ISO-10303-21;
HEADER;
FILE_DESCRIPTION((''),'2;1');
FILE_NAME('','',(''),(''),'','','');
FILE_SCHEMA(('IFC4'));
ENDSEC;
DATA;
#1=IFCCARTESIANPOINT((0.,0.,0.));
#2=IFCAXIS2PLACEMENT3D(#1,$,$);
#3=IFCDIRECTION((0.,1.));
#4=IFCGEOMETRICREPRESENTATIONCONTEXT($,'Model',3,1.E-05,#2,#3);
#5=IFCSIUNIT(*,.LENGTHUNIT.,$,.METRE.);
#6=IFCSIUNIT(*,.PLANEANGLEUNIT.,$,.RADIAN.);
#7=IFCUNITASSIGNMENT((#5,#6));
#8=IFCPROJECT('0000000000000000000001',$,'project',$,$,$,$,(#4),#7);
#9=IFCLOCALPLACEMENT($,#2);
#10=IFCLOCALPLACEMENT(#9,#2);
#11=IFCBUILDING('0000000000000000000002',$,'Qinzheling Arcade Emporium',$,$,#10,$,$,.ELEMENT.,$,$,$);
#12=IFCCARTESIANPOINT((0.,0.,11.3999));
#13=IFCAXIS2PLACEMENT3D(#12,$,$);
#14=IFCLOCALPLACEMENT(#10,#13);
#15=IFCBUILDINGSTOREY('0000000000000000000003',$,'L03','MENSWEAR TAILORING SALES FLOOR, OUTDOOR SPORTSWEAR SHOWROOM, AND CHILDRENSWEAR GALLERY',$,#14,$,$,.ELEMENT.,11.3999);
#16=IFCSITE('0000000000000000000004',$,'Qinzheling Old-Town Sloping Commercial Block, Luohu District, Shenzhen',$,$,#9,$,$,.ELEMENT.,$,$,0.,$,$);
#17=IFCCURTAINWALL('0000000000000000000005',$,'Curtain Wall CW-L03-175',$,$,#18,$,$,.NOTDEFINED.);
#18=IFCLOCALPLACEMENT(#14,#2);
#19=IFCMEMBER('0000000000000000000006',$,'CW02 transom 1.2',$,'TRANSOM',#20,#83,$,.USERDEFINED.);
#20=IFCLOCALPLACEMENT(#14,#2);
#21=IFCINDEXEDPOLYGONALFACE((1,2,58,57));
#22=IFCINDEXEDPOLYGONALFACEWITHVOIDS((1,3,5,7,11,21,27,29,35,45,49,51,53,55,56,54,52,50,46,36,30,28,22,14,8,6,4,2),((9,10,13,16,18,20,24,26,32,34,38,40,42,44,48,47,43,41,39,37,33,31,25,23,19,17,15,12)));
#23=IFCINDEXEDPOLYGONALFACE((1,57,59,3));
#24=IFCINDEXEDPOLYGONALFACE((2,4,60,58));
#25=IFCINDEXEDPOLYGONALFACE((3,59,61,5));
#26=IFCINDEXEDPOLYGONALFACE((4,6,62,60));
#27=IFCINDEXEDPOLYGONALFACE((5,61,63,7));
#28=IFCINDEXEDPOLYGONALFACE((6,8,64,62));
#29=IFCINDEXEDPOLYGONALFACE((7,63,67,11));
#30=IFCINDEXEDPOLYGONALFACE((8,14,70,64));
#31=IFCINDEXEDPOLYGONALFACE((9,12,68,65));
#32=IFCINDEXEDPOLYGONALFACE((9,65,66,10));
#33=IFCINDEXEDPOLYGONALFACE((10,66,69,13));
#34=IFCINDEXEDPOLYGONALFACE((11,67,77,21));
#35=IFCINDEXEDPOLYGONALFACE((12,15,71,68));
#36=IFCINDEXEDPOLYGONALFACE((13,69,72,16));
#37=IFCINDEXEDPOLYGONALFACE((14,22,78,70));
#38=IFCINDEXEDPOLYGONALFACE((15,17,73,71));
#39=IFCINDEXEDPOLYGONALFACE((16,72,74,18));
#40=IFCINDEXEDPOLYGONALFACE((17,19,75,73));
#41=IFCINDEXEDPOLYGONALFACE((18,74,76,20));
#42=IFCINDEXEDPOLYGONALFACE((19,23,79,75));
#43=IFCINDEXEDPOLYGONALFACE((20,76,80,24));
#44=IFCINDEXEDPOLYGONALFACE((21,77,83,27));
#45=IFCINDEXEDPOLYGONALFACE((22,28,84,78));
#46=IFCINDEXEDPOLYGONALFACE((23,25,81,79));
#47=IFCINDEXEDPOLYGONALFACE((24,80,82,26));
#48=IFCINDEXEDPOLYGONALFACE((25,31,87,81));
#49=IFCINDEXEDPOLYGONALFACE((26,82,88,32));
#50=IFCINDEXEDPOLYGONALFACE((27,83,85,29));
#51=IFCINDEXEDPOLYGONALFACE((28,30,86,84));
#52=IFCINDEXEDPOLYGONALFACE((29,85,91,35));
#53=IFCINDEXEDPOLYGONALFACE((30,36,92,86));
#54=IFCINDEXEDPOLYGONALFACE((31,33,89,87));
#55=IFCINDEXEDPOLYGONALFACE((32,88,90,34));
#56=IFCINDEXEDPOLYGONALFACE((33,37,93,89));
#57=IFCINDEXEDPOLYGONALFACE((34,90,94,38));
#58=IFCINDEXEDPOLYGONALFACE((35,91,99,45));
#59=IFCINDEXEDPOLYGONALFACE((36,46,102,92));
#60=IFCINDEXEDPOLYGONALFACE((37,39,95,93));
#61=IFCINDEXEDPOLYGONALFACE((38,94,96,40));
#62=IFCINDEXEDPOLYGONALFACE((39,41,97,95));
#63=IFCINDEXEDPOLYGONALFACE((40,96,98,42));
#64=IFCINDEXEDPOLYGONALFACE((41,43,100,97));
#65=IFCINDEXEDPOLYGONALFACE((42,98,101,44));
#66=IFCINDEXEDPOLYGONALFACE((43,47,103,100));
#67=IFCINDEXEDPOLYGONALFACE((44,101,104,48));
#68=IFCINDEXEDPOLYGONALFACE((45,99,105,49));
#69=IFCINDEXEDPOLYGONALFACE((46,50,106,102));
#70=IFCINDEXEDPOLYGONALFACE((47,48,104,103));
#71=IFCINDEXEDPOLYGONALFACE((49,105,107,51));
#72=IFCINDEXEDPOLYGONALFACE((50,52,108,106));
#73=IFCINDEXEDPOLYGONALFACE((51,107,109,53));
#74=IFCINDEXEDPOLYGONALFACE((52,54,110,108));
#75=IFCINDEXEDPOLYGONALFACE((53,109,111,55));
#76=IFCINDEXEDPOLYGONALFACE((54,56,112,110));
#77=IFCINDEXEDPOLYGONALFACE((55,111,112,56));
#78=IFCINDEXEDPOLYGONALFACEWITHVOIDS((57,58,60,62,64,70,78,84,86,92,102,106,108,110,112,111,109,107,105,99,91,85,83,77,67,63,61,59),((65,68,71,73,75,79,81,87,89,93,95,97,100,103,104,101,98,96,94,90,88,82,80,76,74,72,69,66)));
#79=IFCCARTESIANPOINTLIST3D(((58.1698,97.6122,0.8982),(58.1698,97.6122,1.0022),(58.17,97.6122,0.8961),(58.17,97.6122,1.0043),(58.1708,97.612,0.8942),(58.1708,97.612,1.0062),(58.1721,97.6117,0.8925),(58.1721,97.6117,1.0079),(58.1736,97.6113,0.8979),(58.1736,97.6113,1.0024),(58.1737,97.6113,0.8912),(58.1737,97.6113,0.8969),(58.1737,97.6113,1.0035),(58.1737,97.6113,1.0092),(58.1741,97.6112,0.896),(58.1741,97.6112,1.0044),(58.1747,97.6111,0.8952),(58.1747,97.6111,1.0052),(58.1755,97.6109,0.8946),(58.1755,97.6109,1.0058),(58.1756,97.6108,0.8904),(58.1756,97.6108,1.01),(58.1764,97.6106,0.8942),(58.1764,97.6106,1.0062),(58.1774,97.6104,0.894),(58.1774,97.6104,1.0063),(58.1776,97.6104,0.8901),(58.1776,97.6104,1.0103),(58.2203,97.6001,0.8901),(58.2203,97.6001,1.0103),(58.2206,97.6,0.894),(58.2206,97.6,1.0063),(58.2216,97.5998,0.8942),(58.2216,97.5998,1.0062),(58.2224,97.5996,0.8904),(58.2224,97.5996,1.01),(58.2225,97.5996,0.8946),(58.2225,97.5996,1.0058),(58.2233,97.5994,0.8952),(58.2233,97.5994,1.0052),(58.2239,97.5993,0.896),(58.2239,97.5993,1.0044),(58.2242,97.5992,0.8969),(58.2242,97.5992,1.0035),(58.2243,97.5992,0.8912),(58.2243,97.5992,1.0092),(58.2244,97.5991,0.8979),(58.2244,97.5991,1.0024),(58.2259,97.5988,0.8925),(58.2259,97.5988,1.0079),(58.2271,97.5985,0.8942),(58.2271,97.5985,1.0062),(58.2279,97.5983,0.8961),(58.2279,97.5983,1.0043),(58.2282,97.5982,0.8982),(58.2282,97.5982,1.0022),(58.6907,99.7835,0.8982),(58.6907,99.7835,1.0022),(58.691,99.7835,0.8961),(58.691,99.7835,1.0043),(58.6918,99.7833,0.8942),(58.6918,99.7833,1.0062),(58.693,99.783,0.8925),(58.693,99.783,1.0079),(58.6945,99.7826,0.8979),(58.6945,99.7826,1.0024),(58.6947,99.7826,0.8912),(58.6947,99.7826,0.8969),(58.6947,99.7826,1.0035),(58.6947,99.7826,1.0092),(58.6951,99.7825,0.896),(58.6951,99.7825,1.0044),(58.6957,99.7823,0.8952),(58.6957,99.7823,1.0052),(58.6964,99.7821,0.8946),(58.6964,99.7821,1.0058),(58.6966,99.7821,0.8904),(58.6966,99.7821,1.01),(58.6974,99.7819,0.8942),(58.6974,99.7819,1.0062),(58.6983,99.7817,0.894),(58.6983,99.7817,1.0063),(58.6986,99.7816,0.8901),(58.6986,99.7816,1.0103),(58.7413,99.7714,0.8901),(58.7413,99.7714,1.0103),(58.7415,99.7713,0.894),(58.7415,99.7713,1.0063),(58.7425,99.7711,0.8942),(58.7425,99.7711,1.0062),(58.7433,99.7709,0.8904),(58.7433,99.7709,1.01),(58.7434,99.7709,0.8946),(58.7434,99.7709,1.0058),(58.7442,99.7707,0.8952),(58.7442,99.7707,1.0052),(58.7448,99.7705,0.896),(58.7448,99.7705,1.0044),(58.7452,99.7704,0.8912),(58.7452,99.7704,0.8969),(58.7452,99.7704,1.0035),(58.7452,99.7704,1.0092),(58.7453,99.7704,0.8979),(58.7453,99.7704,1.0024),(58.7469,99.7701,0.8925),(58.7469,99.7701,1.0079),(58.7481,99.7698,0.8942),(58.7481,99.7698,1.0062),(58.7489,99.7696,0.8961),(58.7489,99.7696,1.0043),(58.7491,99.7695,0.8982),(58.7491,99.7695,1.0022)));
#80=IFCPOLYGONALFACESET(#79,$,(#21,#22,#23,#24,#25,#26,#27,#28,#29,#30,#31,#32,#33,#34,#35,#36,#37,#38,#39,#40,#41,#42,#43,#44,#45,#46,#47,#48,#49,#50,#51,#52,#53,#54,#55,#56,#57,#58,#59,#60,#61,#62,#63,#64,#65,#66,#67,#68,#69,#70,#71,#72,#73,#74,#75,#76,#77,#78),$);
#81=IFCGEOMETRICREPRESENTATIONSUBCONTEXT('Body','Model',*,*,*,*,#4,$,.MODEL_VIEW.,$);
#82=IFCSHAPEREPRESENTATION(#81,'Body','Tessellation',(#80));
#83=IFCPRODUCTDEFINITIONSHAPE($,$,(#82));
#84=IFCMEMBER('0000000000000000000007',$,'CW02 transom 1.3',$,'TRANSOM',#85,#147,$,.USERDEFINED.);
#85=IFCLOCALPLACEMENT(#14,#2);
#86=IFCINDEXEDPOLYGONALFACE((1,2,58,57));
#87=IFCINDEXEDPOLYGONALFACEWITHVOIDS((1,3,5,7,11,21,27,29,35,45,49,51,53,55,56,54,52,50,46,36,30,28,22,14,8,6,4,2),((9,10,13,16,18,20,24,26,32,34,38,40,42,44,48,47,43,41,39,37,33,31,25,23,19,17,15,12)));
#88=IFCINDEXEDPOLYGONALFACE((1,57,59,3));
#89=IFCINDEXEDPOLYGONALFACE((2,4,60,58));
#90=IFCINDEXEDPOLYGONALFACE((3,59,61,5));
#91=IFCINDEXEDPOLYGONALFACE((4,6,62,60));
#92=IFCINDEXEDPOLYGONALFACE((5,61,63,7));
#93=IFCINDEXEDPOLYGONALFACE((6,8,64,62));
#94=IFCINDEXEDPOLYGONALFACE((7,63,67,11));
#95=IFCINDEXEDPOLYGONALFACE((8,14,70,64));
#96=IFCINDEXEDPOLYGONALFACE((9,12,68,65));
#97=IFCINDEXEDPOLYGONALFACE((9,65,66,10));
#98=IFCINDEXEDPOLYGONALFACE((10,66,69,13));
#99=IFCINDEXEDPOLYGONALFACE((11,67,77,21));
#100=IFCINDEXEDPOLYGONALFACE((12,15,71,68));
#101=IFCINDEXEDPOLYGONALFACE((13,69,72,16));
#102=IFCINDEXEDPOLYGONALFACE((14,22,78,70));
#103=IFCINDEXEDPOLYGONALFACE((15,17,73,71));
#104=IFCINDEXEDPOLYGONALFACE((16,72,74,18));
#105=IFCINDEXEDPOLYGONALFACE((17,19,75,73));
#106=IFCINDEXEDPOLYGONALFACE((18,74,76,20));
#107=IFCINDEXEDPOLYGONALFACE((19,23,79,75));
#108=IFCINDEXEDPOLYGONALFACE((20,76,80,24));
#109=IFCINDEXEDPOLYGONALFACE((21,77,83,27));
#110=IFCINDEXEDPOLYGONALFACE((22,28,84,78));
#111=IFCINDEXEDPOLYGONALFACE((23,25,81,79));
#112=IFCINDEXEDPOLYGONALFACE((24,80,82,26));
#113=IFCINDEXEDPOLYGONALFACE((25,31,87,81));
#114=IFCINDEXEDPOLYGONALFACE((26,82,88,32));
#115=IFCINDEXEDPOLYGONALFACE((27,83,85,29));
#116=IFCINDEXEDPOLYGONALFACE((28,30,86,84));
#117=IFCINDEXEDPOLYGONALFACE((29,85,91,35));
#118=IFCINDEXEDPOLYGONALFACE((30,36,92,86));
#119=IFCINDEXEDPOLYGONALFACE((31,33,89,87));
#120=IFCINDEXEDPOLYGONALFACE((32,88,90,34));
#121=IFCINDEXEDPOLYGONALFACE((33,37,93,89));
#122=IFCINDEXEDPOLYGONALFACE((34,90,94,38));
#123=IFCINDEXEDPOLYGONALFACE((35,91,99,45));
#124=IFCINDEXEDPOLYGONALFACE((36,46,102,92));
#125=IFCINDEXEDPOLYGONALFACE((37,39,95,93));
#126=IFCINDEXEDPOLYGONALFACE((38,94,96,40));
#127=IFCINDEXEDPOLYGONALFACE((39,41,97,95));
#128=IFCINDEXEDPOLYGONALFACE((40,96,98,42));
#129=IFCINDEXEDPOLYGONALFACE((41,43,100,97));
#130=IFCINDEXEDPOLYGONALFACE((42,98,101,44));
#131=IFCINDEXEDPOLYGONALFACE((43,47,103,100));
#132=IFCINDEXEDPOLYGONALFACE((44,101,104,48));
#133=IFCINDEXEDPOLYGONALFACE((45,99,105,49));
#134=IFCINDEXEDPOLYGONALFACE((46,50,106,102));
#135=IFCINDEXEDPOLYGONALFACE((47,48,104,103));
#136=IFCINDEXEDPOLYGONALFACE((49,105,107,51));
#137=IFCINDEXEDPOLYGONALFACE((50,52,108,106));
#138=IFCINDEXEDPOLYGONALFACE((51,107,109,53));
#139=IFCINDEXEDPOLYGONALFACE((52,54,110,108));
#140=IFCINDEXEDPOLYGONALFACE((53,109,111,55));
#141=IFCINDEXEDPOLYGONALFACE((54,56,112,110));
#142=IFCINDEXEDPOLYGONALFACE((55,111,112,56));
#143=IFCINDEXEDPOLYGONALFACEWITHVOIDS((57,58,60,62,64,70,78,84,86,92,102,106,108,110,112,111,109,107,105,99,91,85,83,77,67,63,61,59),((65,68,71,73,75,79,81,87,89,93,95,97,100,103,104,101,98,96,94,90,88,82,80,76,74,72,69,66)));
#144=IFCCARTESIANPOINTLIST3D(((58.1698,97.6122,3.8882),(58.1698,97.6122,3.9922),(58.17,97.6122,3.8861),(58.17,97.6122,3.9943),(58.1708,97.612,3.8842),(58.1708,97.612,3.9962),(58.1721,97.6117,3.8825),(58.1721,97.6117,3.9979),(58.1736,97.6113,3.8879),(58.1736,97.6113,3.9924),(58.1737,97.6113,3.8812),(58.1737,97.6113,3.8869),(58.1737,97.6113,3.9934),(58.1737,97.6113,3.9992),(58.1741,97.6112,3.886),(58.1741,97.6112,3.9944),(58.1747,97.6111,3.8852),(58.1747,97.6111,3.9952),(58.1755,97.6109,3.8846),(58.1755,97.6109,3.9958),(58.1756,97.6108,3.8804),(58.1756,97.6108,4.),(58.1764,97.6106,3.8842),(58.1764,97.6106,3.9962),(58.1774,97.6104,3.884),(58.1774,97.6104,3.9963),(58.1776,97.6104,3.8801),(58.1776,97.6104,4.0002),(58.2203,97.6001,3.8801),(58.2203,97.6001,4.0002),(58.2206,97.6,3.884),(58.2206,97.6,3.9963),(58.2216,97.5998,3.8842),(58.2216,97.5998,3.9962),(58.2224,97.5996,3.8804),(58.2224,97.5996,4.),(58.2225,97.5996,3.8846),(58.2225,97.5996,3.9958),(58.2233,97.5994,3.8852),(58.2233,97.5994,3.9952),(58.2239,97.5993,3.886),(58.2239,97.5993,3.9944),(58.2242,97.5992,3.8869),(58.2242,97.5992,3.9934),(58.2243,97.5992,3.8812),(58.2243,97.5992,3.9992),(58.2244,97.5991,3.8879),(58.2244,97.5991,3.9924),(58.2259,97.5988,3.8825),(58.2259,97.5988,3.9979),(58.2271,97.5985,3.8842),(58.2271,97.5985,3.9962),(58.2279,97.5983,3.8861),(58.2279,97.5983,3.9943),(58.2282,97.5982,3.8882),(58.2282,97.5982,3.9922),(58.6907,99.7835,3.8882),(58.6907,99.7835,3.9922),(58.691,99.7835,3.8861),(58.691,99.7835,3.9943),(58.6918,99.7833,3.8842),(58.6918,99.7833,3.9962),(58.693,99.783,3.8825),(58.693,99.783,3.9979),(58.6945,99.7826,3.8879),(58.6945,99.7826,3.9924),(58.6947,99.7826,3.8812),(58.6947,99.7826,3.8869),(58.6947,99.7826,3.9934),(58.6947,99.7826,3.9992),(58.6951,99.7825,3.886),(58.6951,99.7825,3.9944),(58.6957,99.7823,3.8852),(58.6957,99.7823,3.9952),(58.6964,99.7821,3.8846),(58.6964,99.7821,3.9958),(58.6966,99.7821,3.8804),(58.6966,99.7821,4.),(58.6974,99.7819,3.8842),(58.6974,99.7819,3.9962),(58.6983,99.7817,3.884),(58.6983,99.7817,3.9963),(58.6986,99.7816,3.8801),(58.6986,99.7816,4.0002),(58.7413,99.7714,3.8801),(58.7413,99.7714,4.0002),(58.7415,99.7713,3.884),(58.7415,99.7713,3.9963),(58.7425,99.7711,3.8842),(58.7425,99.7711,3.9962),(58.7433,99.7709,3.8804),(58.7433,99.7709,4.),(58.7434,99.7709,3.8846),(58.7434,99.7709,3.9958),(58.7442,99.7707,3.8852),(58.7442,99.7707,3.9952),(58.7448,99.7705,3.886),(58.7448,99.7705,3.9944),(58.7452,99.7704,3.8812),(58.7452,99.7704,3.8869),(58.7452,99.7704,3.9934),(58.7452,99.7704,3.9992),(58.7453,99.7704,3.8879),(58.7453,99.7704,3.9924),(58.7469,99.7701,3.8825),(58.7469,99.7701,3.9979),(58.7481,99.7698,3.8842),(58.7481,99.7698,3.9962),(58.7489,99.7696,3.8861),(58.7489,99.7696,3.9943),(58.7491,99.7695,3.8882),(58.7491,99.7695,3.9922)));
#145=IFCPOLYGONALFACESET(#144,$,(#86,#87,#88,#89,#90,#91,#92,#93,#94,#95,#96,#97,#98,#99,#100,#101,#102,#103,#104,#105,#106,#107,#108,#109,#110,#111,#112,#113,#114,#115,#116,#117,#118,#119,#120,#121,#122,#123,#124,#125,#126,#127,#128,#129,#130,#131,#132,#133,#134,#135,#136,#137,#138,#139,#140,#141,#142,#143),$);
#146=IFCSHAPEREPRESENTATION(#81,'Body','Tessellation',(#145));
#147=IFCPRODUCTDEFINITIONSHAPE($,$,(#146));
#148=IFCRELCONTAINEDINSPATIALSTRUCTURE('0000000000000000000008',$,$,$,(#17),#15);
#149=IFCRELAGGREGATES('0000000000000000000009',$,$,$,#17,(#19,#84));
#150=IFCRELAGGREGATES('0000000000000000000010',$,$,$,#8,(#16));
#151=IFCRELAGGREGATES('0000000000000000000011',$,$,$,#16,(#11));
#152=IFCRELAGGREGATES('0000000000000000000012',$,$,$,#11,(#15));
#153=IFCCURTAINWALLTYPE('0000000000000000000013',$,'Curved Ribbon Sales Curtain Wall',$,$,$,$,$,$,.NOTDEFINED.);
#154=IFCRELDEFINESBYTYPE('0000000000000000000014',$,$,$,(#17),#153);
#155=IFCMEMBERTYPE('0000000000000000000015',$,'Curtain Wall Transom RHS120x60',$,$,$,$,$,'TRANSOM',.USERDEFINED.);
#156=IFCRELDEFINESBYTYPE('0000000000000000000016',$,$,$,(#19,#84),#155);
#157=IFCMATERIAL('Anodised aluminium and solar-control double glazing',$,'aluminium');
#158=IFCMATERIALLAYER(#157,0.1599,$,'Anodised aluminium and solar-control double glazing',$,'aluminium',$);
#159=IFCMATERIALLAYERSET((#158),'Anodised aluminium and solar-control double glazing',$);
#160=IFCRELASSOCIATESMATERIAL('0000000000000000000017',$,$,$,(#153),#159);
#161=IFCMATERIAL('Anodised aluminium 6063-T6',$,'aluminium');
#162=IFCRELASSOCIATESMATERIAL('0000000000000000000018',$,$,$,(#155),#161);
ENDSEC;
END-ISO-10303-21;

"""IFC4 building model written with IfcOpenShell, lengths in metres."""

from ifc_helpers import new_model, si_unit, direction, frame, origin, origin_2d, place, context, subcontext, project, spatial, hollow_rectangle, extrude, material, layer, layer_set, material_profile, profile_set, type_object, element, aggregate, save


model = new_model("IFC4")

# Units and contexts
model_context = context("Model", 3, precision=1e-05, world=origin(), true_north=direction((0.0, 1.0)))
body_context = subcontext(model_context, "Body", "Model", "MODEL_VIEW")
ifc_project = project(units=[si_unit("LENGTHUNIT", "METRE"), si_unit("PLANEANGLEUNIT", "RADIAN")], contexts=[model_context])

# Site, building, storey
site_placement = place(None, origin())
site = spatial("IfcSite", under=ifc_project, at=site_placement, Name="Qinzheling Old-Town Sloping Commercial Block, Luohu District, Shenzhen", CompositionType="ELEMENT", RefElevation=0.0)
building_placement = place(site_placement, origin())
building = spatial("IfcBuilding", under=site, at=building_placement, Name="Qinzheling Arcade Emporium", CompositionType="ELEMENT")
storey_placement = place(building_placement, frame((0.0, 0.0, 11.3999)))
storey = spatial("IfcBuildingStorey", under=building, at=storey_placement, Name="L03", Description="MENSWEAR TAILORING SALES FLOOR, OUTDOOR SPORTSWEAR SHOWROOM, AND CHILDRENSWEAR GALLERY", CompositionType="ELEMENT", Elevation=11.3999)

# Curtain wall
ifc_material_1 = material(Name="Anodised aluminium and solar-control double glazing", Category="aluminium")
ifc_layer_1 = layer(ifc_material_1, 0.1599, Name="Anodised aluminium and solar-control double glazing", Category="aluminium")
ifc_layer_set_1 = layer_set([ifc_layer_1], Name="Anodised aluminium and solar-control double glazing")
curtain_wall_type = type_object("IfcCurtainWallType", Name="Curved Ribbon Sales Curtain Wall", PredefinedType="NOTDEFINED", material=ifc_layer_set_1)
curtain_wall_1_placement = place(storey_placement, origin())
curtain_wall_1 = element("IfcCurtainWall", 1, at=curtain_wall_1_placement, inside=storey, type_object=curtain_wall_type, Name="Curtain Wall CW-L03-175", PredefinedType="NOTDEFINED")
ifc_material_2 = material(Name="Anodised aluminium 6063-T6", Category="aluminium")

# Members
ifc_material_profile_1 = material_profile(ifc_material_2, hollow_rectangle(XDim=0.0601, YDim=0.1201, WallThickness=0.0039, InnerFilletRadius=0.0039, OuterFilletRadius=0.0081, at=origin_2d()), Name="RHS 120x60x4", Category="aluminium")
ifc_profile_set_1 = profile_set([ifc_material_profile_1], Name="Anodised aluminium 6063-T6")
member_type_1 = type_object("IfcMemberType", Name="Curtain Wall Transom RHS120x60", ElementType="TRANSOM", PredefinedType="USERDEFINED", material=ifc_profile_set_1)
member_1_placement = place(storey_placement, frame((58.199, 97.6052, 0.9502), z_axis=(0.233315, 0.972401, 0.0), x_axis=(-0.972401, 0.233315, 0.0)))
member_1 = element("IfcMember", 2, at=member_1_placement, type_object=member_type_1, Name="CW02 transom 1.2", ObjectType="TRANSOM", PredefinedType="USERDEFINED", context=body_context, shape_type="SweptSolid", body=[
    extrude(hollow_rectangle(XDim=0.0601, YDim=0.1201, WallThickness=0.0039, InnerFilletRadius=0.0039, OuterFilletRadius=0.0081, at=origin_2d()), origin(), (0.0, 0.0, 1.0), 2.2329),
])
member_2_placement = place(storey_placement, frame((58.199, 97.6052, 3.9402), z_axis=(0.233315, 0.972401, 0.0), x_axis=(-0.972401, 0.233315, 0.0)))
member_2 = element("IfcMember", 3, at=member_2_placement, type_object=member_type_1, Name="CW02 transom 1.3", ObjectType="TRANSOM", PredefinedType="USERDEFINED", context=body_context, shape_type="SweptSolid", body=[
    extrude(hollow_rectangle(XDim=0.0601, YDim=0.1201, WallThickness=0.0039, InnerFilletRadius=0.0039, OuterFilletRadius=0.0081, at=origin_2d()), origin(), (0.0, 0.0, 1.0), 2.2329),
])

aggregate(curtain_wall_1, [member_1, member_2])

save(model, "model.ifc")
